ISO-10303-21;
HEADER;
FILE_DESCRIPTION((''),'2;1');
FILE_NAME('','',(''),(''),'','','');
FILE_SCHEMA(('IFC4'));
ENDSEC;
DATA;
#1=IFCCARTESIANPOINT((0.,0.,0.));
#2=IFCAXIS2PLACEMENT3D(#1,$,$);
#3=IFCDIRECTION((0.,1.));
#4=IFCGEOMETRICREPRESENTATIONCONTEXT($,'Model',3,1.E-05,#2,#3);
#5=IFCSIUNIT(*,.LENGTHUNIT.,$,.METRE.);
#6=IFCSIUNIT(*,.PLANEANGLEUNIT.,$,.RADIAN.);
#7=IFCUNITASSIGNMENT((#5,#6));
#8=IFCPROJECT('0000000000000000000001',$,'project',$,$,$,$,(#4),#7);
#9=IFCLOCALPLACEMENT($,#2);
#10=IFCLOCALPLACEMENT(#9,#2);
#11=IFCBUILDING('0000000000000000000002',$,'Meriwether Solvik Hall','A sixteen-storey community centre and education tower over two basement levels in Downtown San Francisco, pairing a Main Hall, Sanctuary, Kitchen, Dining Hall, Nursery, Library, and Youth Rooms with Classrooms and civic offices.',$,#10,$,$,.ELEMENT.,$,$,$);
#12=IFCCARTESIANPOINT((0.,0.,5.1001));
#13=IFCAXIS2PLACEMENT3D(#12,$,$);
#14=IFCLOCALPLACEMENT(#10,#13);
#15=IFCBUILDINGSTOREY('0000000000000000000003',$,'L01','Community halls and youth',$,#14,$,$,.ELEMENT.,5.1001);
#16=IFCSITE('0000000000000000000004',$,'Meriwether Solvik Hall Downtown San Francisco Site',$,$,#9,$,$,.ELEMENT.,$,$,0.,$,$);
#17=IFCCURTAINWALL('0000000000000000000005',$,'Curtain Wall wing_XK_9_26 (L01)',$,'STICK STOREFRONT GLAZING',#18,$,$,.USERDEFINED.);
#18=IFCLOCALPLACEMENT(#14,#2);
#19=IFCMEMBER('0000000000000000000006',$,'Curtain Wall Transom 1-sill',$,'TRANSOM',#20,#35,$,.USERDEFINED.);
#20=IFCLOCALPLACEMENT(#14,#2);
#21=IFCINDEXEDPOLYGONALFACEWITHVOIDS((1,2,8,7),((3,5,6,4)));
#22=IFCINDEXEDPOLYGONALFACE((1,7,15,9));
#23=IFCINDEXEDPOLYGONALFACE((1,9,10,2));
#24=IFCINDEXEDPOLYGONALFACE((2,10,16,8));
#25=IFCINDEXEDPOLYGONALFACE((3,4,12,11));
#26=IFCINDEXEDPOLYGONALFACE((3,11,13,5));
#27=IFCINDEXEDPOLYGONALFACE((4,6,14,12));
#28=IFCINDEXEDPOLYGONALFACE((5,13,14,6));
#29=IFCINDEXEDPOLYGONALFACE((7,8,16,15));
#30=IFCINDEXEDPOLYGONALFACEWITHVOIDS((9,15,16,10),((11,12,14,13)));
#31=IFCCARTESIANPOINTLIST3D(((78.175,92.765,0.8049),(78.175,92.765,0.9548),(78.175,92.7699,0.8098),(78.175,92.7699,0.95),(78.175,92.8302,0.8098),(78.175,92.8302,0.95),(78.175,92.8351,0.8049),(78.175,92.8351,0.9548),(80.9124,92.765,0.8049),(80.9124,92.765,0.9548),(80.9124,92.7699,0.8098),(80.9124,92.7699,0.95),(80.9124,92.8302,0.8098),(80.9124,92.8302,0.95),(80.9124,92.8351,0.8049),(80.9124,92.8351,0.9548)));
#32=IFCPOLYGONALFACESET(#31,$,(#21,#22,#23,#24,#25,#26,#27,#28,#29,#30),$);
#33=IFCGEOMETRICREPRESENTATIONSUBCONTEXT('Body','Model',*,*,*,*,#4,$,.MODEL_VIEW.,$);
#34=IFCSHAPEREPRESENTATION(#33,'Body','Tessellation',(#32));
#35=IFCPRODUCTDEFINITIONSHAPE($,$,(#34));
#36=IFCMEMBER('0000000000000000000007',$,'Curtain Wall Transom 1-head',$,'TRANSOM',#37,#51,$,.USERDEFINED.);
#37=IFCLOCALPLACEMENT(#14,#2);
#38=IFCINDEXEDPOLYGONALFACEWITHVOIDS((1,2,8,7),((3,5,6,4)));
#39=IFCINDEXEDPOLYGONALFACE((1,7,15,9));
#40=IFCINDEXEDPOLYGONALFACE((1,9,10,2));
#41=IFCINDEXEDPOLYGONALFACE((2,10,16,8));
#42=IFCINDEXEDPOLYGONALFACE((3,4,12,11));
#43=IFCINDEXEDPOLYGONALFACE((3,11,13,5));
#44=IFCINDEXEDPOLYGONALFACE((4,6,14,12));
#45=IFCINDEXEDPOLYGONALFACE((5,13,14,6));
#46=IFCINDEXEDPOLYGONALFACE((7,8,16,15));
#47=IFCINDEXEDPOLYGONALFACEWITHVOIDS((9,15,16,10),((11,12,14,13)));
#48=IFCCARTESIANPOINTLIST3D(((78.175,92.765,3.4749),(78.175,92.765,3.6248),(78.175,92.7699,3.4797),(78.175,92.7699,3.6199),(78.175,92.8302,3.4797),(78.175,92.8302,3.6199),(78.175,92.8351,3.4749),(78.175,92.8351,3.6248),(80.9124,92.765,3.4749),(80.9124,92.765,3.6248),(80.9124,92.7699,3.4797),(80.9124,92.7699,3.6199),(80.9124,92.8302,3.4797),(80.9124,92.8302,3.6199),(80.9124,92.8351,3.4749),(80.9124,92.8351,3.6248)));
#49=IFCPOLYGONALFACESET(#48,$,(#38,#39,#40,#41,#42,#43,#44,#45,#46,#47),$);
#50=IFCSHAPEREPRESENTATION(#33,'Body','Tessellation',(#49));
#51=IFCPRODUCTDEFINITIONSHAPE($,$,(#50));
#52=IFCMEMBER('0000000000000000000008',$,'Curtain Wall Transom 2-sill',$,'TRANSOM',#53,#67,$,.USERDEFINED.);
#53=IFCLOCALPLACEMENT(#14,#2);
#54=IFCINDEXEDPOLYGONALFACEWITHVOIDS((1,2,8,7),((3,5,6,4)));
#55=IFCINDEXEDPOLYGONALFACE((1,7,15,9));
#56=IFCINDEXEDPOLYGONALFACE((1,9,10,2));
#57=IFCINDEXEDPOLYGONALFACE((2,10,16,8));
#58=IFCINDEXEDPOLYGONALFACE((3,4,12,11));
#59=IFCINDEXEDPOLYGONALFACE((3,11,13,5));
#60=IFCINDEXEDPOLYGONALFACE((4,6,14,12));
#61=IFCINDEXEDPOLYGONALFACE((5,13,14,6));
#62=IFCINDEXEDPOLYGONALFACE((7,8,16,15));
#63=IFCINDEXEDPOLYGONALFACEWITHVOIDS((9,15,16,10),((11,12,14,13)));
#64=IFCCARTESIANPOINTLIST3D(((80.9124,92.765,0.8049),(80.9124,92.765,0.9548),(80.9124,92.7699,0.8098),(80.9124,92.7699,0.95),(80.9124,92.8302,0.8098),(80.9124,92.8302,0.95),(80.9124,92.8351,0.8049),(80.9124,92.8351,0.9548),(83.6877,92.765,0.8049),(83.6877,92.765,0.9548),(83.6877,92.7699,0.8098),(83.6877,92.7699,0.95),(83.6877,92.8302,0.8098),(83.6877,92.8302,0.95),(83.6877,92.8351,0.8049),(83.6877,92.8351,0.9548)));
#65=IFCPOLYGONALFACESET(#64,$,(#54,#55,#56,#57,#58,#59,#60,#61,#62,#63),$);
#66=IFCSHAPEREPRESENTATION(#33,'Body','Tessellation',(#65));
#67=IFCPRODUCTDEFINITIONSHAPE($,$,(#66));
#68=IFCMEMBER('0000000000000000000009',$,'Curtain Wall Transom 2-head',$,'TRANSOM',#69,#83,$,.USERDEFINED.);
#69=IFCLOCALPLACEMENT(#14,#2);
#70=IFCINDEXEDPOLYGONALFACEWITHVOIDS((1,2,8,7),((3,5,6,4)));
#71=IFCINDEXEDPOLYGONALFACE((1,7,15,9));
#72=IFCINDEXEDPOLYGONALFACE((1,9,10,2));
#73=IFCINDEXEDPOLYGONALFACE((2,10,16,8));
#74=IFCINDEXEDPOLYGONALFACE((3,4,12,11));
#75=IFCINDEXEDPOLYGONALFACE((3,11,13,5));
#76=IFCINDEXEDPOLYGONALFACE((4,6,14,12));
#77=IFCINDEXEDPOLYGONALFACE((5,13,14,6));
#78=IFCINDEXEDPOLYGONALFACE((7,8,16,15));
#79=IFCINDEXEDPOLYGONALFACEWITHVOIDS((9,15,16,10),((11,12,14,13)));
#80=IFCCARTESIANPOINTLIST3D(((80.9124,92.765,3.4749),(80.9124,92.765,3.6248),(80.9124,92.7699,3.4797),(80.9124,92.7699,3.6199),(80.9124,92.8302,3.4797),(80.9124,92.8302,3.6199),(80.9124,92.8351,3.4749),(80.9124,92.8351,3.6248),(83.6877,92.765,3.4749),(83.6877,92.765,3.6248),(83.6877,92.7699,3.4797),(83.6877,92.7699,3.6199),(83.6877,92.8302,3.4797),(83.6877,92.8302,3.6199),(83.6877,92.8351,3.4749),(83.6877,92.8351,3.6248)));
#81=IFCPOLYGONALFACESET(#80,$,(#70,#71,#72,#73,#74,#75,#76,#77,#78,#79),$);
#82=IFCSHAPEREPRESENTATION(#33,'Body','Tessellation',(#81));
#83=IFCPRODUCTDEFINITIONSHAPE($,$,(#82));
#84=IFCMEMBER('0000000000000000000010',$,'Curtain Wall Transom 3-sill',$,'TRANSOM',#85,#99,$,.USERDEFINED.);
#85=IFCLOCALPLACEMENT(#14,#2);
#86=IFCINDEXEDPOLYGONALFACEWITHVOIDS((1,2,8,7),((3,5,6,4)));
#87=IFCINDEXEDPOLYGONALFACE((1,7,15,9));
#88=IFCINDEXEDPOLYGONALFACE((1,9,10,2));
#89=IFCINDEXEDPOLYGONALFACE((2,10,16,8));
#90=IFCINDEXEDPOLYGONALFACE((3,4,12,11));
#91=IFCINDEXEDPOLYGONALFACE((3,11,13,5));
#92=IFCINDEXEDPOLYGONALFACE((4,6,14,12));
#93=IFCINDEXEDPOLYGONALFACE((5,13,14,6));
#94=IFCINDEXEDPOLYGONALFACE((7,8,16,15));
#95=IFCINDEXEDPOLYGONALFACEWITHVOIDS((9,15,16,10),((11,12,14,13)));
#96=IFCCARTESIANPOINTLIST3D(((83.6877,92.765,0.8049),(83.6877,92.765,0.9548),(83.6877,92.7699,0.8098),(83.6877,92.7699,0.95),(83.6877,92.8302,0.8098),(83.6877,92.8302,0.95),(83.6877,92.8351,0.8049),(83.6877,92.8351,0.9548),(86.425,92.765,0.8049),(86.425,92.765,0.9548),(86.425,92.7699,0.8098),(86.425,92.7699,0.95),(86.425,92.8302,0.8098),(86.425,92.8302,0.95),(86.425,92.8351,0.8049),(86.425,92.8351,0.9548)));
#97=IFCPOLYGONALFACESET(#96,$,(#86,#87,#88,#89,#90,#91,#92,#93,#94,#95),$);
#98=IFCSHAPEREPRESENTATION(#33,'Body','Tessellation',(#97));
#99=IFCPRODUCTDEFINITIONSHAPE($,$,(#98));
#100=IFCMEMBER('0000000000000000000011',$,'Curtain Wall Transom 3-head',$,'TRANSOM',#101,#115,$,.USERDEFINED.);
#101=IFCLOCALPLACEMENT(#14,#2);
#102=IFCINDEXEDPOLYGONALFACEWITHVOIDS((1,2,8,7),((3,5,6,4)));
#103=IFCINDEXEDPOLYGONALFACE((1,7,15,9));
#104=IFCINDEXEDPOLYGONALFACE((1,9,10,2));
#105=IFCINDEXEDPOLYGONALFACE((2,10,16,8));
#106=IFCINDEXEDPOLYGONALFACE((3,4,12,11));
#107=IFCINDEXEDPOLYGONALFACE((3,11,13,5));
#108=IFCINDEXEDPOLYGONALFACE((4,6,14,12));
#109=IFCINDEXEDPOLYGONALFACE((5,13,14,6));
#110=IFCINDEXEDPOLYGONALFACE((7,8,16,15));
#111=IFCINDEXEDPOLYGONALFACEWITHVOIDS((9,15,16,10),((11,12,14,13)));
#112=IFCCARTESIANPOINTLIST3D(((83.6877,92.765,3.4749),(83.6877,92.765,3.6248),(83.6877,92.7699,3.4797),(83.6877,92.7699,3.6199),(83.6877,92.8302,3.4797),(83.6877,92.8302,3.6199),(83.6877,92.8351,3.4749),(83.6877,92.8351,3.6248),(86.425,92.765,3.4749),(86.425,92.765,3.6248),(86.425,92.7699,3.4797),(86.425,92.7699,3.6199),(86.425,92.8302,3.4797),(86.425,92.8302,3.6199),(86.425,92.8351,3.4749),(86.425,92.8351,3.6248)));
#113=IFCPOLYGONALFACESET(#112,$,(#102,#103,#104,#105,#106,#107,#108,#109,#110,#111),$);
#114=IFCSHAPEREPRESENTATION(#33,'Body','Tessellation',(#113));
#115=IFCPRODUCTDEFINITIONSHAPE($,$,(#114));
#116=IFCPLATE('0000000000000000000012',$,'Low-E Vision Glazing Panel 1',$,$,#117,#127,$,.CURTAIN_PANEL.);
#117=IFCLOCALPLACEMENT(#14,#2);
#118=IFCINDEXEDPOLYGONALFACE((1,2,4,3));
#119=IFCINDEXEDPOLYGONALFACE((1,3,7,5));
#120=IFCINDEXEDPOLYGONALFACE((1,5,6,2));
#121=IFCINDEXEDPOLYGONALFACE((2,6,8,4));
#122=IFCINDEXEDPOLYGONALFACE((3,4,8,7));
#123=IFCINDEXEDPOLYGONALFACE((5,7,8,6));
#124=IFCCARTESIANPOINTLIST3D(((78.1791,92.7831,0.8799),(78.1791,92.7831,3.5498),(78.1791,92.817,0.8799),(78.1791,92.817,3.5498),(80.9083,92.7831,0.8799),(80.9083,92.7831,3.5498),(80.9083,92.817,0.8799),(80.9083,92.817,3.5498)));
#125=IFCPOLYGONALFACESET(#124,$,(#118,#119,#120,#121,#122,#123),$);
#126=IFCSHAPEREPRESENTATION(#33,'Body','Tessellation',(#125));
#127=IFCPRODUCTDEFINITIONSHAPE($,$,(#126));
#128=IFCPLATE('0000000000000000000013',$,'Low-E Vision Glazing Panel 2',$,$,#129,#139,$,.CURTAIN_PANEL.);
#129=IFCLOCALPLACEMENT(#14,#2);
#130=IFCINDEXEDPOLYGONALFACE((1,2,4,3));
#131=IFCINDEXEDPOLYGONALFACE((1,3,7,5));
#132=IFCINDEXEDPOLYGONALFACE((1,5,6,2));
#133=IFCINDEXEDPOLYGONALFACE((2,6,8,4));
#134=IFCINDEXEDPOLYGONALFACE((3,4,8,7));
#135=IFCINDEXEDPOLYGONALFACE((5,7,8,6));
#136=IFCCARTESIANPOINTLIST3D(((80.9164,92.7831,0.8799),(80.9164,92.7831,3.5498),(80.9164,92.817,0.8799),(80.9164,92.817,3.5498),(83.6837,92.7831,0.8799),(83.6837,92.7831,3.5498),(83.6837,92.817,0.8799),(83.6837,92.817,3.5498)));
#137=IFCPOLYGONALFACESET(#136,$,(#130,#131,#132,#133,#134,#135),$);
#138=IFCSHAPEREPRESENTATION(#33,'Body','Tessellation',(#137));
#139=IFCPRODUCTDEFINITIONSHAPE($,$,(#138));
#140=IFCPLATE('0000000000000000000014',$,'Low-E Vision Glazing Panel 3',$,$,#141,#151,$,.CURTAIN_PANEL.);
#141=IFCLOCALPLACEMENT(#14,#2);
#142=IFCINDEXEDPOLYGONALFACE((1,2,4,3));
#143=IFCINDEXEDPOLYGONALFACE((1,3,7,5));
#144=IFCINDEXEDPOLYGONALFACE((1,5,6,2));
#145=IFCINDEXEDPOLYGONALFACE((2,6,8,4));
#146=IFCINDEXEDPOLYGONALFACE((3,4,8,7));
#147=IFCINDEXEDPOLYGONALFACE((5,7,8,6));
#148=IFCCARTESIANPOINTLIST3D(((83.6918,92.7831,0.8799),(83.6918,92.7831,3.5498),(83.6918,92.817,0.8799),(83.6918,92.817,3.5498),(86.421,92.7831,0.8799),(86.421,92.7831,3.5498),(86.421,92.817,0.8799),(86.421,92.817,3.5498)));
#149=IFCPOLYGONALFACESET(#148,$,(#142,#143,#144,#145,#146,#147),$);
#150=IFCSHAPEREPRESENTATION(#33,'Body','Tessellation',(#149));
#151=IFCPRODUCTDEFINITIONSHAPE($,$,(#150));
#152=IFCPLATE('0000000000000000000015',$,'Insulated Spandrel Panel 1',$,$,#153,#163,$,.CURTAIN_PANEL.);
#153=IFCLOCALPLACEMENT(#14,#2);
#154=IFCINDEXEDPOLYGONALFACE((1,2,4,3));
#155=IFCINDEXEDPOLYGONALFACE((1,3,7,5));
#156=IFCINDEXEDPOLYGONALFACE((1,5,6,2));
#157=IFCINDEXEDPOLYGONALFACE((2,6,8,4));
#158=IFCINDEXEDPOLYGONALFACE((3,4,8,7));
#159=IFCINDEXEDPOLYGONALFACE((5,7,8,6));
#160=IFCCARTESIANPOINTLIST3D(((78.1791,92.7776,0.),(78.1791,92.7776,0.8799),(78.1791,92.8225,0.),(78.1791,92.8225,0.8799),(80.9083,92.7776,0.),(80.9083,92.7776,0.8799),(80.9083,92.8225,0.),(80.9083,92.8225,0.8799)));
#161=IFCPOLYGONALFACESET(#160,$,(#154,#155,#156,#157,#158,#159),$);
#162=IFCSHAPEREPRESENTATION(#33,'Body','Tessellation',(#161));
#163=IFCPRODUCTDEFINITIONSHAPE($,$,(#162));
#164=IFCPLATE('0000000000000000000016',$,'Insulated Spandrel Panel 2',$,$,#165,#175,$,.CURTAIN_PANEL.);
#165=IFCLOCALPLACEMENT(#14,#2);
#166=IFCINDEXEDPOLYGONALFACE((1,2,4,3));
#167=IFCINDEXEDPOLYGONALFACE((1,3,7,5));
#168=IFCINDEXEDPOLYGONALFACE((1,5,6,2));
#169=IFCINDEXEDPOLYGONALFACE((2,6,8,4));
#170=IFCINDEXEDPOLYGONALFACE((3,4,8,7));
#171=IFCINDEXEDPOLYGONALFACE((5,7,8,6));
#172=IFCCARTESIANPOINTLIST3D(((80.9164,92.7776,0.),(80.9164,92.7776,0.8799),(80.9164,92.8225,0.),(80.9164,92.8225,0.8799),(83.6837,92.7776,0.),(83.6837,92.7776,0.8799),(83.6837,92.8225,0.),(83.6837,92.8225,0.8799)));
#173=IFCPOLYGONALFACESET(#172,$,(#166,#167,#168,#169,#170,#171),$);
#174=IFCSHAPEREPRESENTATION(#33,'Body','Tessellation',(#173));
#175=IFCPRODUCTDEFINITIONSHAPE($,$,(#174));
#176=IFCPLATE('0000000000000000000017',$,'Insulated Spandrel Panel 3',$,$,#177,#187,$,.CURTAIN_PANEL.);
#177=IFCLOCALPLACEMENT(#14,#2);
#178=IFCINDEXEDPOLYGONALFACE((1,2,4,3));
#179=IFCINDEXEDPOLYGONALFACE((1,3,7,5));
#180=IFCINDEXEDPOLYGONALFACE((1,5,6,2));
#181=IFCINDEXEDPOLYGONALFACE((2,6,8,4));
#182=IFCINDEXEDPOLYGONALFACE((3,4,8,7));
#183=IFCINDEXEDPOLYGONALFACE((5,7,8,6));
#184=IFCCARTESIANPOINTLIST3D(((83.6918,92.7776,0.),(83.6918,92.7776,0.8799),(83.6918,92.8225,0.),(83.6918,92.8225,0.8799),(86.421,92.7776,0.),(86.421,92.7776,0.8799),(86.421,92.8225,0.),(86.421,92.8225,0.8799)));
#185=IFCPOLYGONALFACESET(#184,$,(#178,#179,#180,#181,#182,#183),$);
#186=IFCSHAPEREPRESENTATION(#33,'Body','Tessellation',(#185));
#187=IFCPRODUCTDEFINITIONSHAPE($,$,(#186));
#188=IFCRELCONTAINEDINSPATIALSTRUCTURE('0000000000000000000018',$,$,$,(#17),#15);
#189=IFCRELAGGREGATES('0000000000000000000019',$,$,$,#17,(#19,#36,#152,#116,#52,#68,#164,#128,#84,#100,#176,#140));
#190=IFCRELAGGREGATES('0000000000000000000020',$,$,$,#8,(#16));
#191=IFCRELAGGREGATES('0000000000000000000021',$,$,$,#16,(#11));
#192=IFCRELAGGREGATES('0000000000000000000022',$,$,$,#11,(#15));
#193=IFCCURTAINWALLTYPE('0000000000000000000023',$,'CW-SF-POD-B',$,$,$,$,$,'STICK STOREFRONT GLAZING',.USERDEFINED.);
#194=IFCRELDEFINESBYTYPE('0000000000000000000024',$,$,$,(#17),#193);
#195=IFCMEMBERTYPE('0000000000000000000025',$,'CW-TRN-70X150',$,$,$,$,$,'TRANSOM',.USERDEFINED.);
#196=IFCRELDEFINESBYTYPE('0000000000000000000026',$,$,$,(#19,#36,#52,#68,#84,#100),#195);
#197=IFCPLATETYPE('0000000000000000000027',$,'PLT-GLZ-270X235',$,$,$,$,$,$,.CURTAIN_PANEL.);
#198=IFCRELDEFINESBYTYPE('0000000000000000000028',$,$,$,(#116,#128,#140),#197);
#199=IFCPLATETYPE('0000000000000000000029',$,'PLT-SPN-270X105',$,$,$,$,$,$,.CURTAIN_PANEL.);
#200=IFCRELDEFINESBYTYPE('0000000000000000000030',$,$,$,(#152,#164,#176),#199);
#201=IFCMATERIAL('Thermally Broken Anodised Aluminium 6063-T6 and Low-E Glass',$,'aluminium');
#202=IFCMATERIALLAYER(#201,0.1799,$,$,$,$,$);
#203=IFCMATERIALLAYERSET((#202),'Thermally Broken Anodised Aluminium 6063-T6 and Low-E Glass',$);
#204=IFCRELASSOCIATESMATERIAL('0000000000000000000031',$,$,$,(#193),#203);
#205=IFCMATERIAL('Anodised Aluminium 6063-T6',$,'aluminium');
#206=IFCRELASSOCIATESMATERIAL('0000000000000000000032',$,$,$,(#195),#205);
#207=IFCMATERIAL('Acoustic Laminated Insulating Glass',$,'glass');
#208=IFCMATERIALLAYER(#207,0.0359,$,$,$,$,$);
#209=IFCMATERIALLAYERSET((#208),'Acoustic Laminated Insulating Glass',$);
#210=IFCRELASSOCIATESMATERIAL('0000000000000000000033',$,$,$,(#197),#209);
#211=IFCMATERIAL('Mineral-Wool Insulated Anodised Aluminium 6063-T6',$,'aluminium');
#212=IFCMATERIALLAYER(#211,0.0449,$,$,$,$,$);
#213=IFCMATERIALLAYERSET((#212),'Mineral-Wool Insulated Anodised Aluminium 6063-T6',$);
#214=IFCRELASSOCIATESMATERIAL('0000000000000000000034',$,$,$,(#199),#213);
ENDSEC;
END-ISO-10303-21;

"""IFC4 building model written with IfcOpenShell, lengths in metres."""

from ifc_helpers import new_model, si_unit, direction, frame, origin, origin_2d, place, context, subcontext, project, spatial, rectangle, hollow_rectangle, extrude, material, layer, layer_set, material_profile, profile_set, type_object, element, aggregate, save


model = new_model("IFC4")

# Units and contexts
model_context = context("Model", 3, precision=1e-05, world=origin(), true_north=direction((0.0, 1.0)))
body_context = subcontext(model_context, "Body", "Model", "MODEL_VIEW")
ifc_project = project(units=[si_unit("LENGTHUNIT", "METRE"), si_unit("PLANEANGLEUNIT", "RADIAN")], contexts=[model_context])

# Site, building, storey
site_placement = place(None, origin())
site = spatial("IfcSite", under=ifc_project, at=site_placement, Name="Meriwether Solvik Hall Downtown San Francisco Site", CompositionType="ELEMENT", RefElevation=0.0)
building_placement = place(site_placement, origin())
building = spatial("IfcBuilding", under=site, at=building_placement, Name="Meriwether Solvik Hall", Description="A sixteen-storey community centre and education tower over two basement levels in Downtown San Francisco, pairing a Main Hall, Sanctuary, Kitchen, Dining Hall, Nursery, Library, and Youth Rooms with Classrooms and civic offices.", CompositionType="ELEMENT")
storey_placement = place(building_placement, frame((0.0, 0.0, 5.1001)))
storey = spatial("IfcBuildingStorey", under=building, at=storey_placement, Name="L01", Description="Community halls and youth", CompositionType="ELEMENT", Elevation=5.1001)

# Curtain wall, members, plates
ifc_material_1 = material(Name="Thermally Broken Anodised Aluminium 6063-T6 and Low-E Glass", Category="aluminium")
ifc_layer_1 = layer(ifc_material_1, 0.1799)
ifc_layer_set_1 = layer_set([ifc_layer_1], Name="Thermally Broken Anodised Aluminium 6063-T6 and Low-E Glass")
curtain_wall_type = type_object("IfcCurtainWallType", Name="CW-SF-POD-B", ElementType="STICK STOREFRONT GLAZING", PredefinedType="USERDEFINED", material=ifc_layer_set_1)
curtain_wall_placement = place(storey_placement, origin())
curtain_wall = element("IfcCurtainWall", 1, at=curtain_wall_placement, inside=storey, type_object=curtain_wall_type, Name="Curtain Wall wing_XK_9_26 (L01)", ObjectType="STICK STOREFRONT GLAZING", PredefinedType="USERDEFINED")
ifc_material_2 = material(Name="Anodised Aluminium 6063-T6", Category="aluminium")
ifc_material_profile_1 = material_profile(ifc_material_2, hollow_rectangle(XDim=0.0701, YDim=0.1499, WallThickness=0.0049, at=origin_2d()), Name="CWT-70X150")
ifc_profile_set_1 = profile_set([ifc_material_profile_1], Name="Anodised Aluminium 6063-T6")
member_type_1 = type_object("IfcMemberType", Name="CW-TRN-70X150", ElementType="TRANSOM", PredefinedType="USERDEFINED", material=ifc_profile_set_1)
member_1_placement = place(storey_placement, frame((78.175, 92.8, 0.8799), z_axis=(1.0, 0.0, 0.0), x_axis=(0.0, 1.0, 0.0)))
member_1 = element("IfcMember", 2, at=member_1_placement, type_object=member_type_1, Name="Curtain Wall Transom 1-sill", ObjectType="TRANSOM", PredefinedType="USERDEFINED", context=body_context, shape_type="SweptSolid", body=[
    extrude(hollow_rectangle(XDim=0.0701, YDim=0.1499, WallThickness=0.0049, at=origin_2d()), origin(), (0.0, 0.0, 1.0), 2.7373),
])
member_2_placement = place(storey_placement, frame((78.175, 92.8, 3.5498), z_axis=(1.0, 0.0, 0.0), x_axis=(0.0, 1.0, 0.0)))
member_2 = element("IfcMember", 3, at=member_2_placement, type_object=member_type_1, Name="Curtain Wall Transom 1-head", ObjectType="TRANSOM", PredefinedType="USERDEFINED", context=body_context, shape_type="SweptSolid", body=[
    extrude(hollow_rectangle(XDim=0.0701, YDim=0.1499, WallThickness=0.0049, at=origin_2d()), origin(), (0.0, 0.0, 1.0), 2.7373),
])
member_3_placement = place(storey_placement, frame((80.9124, 92.8, 0.8799), z_axis=(1.0, 0.0, 0.0), x_axis=(0.0, 1.0, 0.0)))
member_3 = element("IfcMember", 4, at=member_3_placement, type_object=member_type_1, Name="Curtain Wall Transom 2-sill", ObjectType="TRANSOM", PredefinedType="USERDEFINED", context=body_context, shape_type="SweptSolid", body=[
    extrude(hollow_rectangle(XDim=0.0701, YDim=0.1499, WallThickness=0.0049, at=origin_2d()), origin(), (0.0, 0.0, 1.0), 2.7754),
])
member_4_placement = place(storey_placement, frame((80.9124, 92.8, 3.5498), z_axis=(1.0, 0.0, 0.0), x_axis=(0.0, 1.0, 0.0)))
member_4 = element("IfcMember", 5, at=member_4_placement, type_object=member_type_1, Name="Curtain Wall Transom 2-head", ObjectType="TRANSOM", PredefinedType="USERDEFINED", context=body_context, shape_type="SweptSolid", body=[
    extrude(hollow_rectangle(XDim=0.0701, YDim=0.1499, WallThickness=0.0049, at=origin_2d()), origin(), (0.0, 0.0, 1.0), 2.7754),
])
member_5_placement = place(storey_placement, frame((83.6877, 92.8, 0.8799), z_axis=(1.0, 0.0, 0.0), x_axis=(0.0, 1.0, 0.0)))
member_5 = element("IfcMember", 6, at=member_5_placement, type_object=member_type_1, Name="Curtain Wall Transom 3-sill", ObjectType="TRANSOM", PredefinedType="USERDEFINED", context=body_context, shape_type="SweptSolid", body=[
    extrude(hollow_rectangle(XDim=0.0701, YDim=0.1499, WallThickness=0.0049, at=origin_2d()), origin(), (0.0, 0.0, 1.0), 2.7373),
])
member_6_placement = place(storey_placement, frame((83.6877, 92.8, 3.5498), z_axis=(1.0, 0.0, 0.0), x_axis=(0.0, 1.0, 0.0)))
member_6 = element("IfcMember", 7, at=member_6_placement, type_object=member_type_1, Name="Curtain Wall Transom 3-head", ObjectType="TRANSOM", PredefinedType="USERDEFINED", context=body_context, shape_type="SweptSolid", body=[
    extrude(hollow_rectangle(XDim=0.0701, YDim=0.1499, WallThickness=0.0049, at=origin_2d()), origin(), (0.0, 0.0, 1.0), 2.7373),
])
ifc_material_3 = material(Name="Acoustic Laminated Insulating Glass", Category="glass")
ifc_layer_2 = layer(ifc_material_3, 0.0359)
ifc_layer_set_2 = layer_set([ifc_layer_2], Name="Acoustic Laminated Insulating Glass")
plate_type_1 = type_object("IfcPlateType", Name="PLT-GLZ-270X235", PredefinedType="CURTAIN_PANEL", material=ifc_layer_set_2)
plate_1_placement = place(storey_placement, frame((79.5437, 92.8, 0.8799), z_axis=(0.0, 0.0, 1.0), x_axis=(1.0, 0.0, 0.0)))
plate_1 = element("IfcPlate", 8, at=plate_1_placement, type_object=plate_type_1, Name="Low-E Vision Glazing Panel 1", PredefinedType="CURTAIN_PANEL", context=body_context, shape_type="SweptSolid", body=[
    extrude(rectangle(XDim=2.7292, YDim=0.0339, at=origin_2d()), origin(), (0.0, 0.0, 1.0), 2.6699),
])
plate_2_placement = place(storey_placement, frame((82.3, 92.8, 0.8799), z_axis=(0.0, 0.0, 1.0), x_axis=(1.0, 0.0, 0.0)))
plate_2 = element("IfcPlate", 9, at=plate_2_placement, type_object=plate_type_1, Name="Low-E Vision Glazing Panel 2", PredefinedType="CURTAIN_PANEL", context=body_context, shape_type="SweptSolid", body=[
    extrude(rectangle(XDim=2.7673, YDim=0.0339, at=origin_2d()), origin(), (0.0, 0.0, 1.0), 2.6699),
])
plate_3_placement = place(storey_placement, frame((85.0564, 92.8, 0.8799), z_axis=(0.0, 0.0, 1.0), x_axis=(1.0, 0.0, 0.0)))
plate_3 = element("IfcPlate", 10, at=plate_3_placement, type_object=plate_type_1, Name="Low-E Vision Glazing Panel 3", PredefinedType="CURTAIN_PANEL", context=body_context, shape_type="SweptSolid", body=[
    extrude(rectangle(XDim=2.7292, YDim=0.0339, at=origin_2d()), origin(), (0.0, 0.0, 1.0), 2.6699),
])
ifc_material_4 = material(Name="Mineral-Wool Insulated Anodised Aluminium 6063-T6", Category="aluminium")
ifc_layer_3 = layer(ifc_material_4, 0.0449)
ifc_layer_set_3 = layer_set([ifc_layer_3], Name="Mineral-Wool Insulated Anodised Aluminium 6063-T6")
plate_type_2 = type_object("IfcPlateType", Name="PLT-SPN-270X105", PredefinedType="CURTAIN_PANEL", material=ifc_layer_set_3)
plate_4_placement = place(storey_placement, frame((79.5437, 92.8, 0.0), z_axis=(0.0, 0.0, 1.0), x_axis=(1.0, 0.0, 0.0)))
plate_4 = element("IfcPlate", 11, at=plate_4_placement, type_object=plate_type_2, Name="Insulated Spandrel Panel 1", PredefinedType="CURTAIN_PANEL", context=body_context, shape_type="SweptSolid", body=[
    extrude(rectangle(XDim=2.7292, YDim=0.0449, at=origin_2d()), origin(), (0.0, 0.0, 1.0), 0.8799),
])
plate_5_placement = place(storey_placement, frame((82.3, 92.8, 0.0), z_axis=(0.0, 0.0, 1.0), x_axis=(1.0, 0.0, 0.0)))
plate_5 = element("IfcPlate", 12, at=plate_5_placement, type_object=plate_type_2, Name="Insulated Spandrel Panel 2", PredefinedType="CURTAIN_PANEL", context=body_context, shape_type="SweptSolid", body=[
    extrude(rectangle(XDim=2.7673, YDim=0.0449, at=origin_2d()), origin(), (0.0, 0.0, 1.0), 0.8799),
])
plate_6_placement = place(storey_placement, frame((85.0564, 92.8, 0.0), z_axis=(0.0, 0.0, 1.0), x_axis=(1.0, 0.0, 0.0)))
plate_6 = element("IfcPlate", 13, at=plate_6_placement, type_object=plate_type_2, Name="Insulated Spandrel Panel 3", PredefinedType="CURTAIN_PANEL", context=body_context, shape_type="SweptSolid", body=[
    extrude(rectangle(XDim=2.7292, YDim=0.0449, at=origin_2d()), origin(), (0.0, 0.0, 1.0), 0.8799),
])
aggregate(curtain_wall, [member_1, member_2, plate_4, plate_1, member_3, member_4, plate_5, plate_2, member_5, member_6, plate_6, plate_3])

save(model, "model.ifc")
